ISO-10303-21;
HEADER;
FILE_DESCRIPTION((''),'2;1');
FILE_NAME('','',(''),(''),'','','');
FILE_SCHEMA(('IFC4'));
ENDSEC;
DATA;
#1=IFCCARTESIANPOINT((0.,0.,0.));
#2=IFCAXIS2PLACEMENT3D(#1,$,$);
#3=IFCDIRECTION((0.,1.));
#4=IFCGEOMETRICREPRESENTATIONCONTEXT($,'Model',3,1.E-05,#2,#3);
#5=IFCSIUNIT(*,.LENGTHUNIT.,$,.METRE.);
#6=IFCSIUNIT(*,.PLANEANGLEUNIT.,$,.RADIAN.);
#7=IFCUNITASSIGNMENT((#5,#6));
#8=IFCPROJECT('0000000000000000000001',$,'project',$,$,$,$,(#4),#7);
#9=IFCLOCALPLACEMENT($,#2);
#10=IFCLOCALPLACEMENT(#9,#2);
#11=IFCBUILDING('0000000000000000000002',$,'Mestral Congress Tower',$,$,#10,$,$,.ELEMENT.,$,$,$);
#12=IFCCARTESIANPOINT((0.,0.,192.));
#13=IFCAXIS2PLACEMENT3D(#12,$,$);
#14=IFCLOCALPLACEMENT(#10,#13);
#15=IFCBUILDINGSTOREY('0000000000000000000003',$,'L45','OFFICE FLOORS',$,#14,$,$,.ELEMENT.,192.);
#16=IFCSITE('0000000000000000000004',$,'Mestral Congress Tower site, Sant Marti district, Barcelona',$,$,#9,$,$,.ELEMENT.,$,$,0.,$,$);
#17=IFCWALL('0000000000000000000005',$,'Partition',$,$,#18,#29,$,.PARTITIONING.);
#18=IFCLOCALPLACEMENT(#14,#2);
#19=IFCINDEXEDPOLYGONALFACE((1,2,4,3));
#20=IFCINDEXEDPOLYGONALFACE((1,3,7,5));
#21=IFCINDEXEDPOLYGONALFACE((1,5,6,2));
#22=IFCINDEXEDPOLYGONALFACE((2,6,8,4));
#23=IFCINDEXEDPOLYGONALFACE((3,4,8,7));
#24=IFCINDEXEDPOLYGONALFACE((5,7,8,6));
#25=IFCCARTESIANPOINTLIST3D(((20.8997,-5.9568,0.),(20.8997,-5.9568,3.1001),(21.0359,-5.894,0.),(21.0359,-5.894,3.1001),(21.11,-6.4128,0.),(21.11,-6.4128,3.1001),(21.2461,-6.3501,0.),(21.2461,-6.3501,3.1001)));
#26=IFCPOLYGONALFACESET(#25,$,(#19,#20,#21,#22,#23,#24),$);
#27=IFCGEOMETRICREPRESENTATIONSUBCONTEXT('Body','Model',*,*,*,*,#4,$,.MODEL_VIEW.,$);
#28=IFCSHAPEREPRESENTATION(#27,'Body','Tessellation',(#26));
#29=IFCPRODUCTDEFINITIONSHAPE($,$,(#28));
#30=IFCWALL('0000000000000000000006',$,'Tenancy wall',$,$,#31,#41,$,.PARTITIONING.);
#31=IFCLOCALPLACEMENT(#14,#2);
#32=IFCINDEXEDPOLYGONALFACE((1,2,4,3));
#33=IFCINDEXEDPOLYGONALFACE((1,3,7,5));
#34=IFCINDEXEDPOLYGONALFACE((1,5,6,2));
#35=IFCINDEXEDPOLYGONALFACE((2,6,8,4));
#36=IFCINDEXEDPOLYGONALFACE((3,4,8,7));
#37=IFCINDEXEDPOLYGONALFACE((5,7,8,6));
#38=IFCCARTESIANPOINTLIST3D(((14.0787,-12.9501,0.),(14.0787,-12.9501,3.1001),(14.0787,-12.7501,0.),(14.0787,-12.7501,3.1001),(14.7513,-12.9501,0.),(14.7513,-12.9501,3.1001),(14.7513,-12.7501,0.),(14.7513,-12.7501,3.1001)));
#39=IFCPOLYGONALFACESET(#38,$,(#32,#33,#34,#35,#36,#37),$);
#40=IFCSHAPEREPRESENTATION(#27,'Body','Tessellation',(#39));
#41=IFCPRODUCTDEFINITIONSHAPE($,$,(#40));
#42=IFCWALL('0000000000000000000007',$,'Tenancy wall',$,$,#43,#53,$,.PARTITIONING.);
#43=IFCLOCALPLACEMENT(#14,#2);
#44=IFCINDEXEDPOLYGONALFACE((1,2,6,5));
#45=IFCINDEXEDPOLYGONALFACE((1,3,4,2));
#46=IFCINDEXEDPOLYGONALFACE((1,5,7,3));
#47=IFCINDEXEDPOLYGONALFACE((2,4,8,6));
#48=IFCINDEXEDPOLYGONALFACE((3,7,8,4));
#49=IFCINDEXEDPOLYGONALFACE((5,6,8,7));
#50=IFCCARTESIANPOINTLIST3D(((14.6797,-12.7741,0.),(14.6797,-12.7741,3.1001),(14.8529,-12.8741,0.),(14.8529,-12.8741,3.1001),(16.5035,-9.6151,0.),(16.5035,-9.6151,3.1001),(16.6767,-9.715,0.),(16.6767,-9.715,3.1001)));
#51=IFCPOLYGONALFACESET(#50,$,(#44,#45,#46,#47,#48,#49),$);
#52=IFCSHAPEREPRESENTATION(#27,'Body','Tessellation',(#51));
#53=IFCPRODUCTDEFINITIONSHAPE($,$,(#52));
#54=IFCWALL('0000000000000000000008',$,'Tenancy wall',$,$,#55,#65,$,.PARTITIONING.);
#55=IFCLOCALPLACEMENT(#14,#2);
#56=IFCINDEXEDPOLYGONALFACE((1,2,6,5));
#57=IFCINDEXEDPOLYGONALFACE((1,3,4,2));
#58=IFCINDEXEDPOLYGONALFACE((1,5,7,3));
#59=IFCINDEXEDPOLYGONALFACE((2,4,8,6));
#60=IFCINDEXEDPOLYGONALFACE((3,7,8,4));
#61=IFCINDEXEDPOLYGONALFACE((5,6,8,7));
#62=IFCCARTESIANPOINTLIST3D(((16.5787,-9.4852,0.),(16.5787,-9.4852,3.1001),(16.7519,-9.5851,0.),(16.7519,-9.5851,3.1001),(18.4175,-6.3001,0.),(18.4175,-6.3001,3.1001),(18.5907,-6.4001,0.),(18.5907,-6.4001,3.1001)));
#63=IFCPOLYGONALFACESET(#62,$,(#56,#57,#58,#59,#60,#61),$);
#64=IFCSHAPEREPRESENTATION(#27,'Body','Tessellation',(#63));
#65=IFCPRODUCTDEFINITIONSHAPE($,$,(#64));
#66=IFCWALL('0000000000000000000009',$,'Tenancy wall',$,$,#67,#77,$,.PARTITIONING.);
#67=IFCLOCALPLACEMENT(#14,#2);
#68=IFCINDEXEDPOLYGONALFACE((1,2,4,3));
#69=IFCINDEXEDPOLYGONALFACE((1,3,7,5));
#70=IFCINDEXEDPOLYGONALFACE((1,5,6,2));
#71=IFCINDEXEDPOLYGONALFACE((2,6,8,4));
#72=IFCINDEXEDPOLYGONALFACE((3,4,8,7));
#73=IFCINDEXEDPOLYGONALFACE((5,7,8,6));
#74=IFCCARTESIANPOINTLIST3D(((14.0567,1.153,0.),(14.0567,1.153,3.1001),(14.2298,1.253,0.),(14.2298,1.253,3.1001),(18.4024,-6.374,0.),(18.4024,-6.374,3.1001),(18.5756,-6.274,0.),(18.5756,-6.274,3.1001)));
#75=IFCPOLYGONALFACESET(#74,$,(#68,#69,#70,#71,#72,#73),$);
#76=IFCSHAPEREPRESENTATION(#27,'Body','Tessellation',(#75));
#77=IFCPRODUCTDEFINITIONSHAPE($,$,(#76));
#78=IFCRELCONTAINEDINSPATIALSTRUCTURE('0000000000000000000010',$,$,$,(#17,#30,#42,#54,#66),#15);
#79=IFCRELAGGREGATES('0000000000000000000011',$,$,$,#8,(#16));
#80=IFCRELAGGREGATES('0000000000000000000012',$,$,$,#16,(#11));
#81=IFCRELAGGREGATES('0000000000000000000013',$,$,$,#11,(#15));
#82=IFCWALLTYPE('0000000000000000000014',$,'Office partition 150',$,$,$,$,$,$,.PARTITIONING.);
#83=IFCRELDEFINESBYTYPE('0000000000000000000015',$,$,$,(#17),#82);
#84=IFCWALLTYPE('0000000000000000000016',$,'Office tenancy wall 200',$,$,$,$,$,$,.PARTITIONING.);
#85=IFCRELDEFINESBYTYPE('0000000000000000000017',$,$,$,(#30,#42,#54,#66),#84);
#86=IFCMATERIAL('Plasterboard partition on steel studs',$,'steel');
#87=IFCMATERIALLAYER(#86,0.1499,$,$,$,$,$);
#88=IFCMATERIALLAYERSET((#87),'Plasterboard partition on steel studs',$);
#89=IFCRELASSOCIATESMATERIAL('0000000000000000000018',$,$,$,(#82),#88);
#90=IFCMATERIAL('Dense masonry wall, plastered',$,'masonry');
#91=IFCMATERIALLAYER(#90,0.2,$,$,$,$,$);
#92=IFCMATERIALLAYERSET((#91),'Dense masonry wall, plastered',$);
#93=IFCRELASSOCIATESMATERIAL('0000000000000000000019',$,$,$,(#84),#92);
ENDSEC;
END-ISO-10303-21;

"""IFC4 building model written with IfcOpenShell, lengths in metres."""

from ifc_helpers import new_model, si_unit, direction, frame, frame_2d, origin, place, context, subcontext, project, spatial, rectangle, extrude, material, layer, layer_set, type_object, element, save


model = new_model("IFC4")

# Units and contexts
model_context = context("Model", 3, precision=1e-05, world=origin(), true_north=direction((0.0, 1.0)))
body_context = subcontext(model_context, "Body", "Model", "MODEL_VIEW")
ifc_project = project(units=[si_unit("LENGTHUNIT", "METRE"), si_unit("PLANEANGLEUNIT", "RADIAN")], contexts=[model_context])

# Site, building, storey
site_placement = place(None, origin())
site = spatial("IfcSite", under=ifc_project, at=site_placement, Name="Mestral Congress Tower site, Sant Marti district, Barcelona", CompositionType="ELEMENT", RefElevation=0.0)
building_placement = place(site_placement, origin())
building = spatial("IfcBuilding", under=site, at=building_placement, Name="Mestral Congress Tower", CompositionType="ELEMENT")
storey_placement = place(building_placement, frame((0.0, 0.0, 192.0)))
storey = spatial("IfcBuildingStorey", under=building, at=storey_placement, Name="L45", Description="OFFICE FLOORS", CompositionType="ELEMENT", Elevation=192.0)

# Shared definitions
ifc_material_1 = material(Name="Plasterboard partition on steel studs", Category="steel")
ifc_layer_1 = layer(ifc_material_1, 0.1499)
ifc_layer_set_1 = layer_set([ifc_layer_1], Name="Plasterboard partition on steel studs")
wall_type_1 = type_object("IfcWallType", Name="Office partition 150", PredefinedType="PARTITIONING", material=ifc_layer_set_1)

# Walls
wall_1_placement = place(storey_placement, frame((21.178, -6.3813, 0.0), z_axis=(0.0, 0.0, 1.0), x_axis=(-0.418596, 0.908173, 0.0)))
element("IfcWall", 1, at=wall_1_placement, inside=storey, type_object=wall_type_1, Name="Partition", PredefinedType="PARTITIONING", context=body_context, shape_type="SweptSolid", body=[
    extrude(rectangle(XDim=0.5022, YDim=0.1499, at=frame_2d((0.251, 0.0))), origin(), (0.0, 0.0, 1.0), 3.1001),
])
ifc_material_2 = material(Name="Dense masonry wall, plastered", Category="masonry")
ifc_layer_2 = layer(ifc_material_2, 0.2)
ifc_layer_set_2 = layer_set([ifc_layer_2], Name="Dense masonry wall, plastered")
wall_type_2 = type_object("IfcWallType", Name="Office tenancy wall 200", PredefinedType="PARTITIONING", material=ifc_layer_set_2)
wall_2_placement = place(storey_placement, frame((14.0786, -12.8501, 0.0), z_axis=(0.0, 0.0, 1.0), x_axis=(1.0, 0.0, 0.0)))
element("IfcWall", 2, at=wall_2_placement, inside=storey, type_object=wall_type_2, Name="Tenancy wall", PredefinedType="PARTITIONING", context=body_context, shape_type="SweptSolid", body=[
    extrude(rectangle(XDim=0.6726, YDim=0.2, at=frame_2d((0.3364, 0.0))), origin(), (0.0, 0.0, 1.0), 3.1001),
])
wall_3_placement = place(storey_placement, frame((14.7664, -12.824, 0.0), z_axis=(0.0, 0.0, 1.0), x_axis=(0.499983, 0.866035, 0.0)))
element("IfcWall", 3, at=wall_3_placement, inside=storey, type_object=wall_type_2, Name="Tenancy wall", PredefinedType="PARTITIONING", context=body_context, shape_type="SweptSolid", body=[
    extrude(rectangle(XDim=3.6477, YDim=0.2, at=frame_2d((1.8237, 0.0))), origin(), (0.0, 0.0, 1.0), 3.1001),
])
wall_4_placement = place(storey_placement, frame((16.6653, -9.5352, 0.0), z_axis=(0.0, 0.0, 1.0), x_axis=(0.499994, 0.866029, 0.0)))
element("IfcWall", 4, at=wall_4_placement, inside=storey, type_object=wall_type_2, Name="Tenancy wall", PredefinedType="PARTITIONING", context=body_context, shape_type="SweptSolid", body=[
    extrude(rectangle(XDim=3.6777, YDim=0.2, at=frame_2d((1.8389, 0.0))), origin(), (0.0, 0.0, 1.0), 3.1001),
])
wall_5_placement = place(storey_placement, frame((18.489, -6.324, 0.0), z_axis=(0.0, 0.0, 1.0), x_axis=(-0.500006, 0.866022, 0.0)))
element("IfcWall", 5, at=wall_5_placement, inside=storey, type_object=wall_type_2, Name="Tenancy wall", PredefinedType="PARTITIONING", context=body_context, shape_type="SweptSolid", body=[
    extrude(rectangle(XDim=8.6914, YDim=0.2, at=frame_2d((4.3457, 0.0))), origin(), (0.0, 0.0, 1.0), 3.1001),
])

save(model, "model.ifc")
